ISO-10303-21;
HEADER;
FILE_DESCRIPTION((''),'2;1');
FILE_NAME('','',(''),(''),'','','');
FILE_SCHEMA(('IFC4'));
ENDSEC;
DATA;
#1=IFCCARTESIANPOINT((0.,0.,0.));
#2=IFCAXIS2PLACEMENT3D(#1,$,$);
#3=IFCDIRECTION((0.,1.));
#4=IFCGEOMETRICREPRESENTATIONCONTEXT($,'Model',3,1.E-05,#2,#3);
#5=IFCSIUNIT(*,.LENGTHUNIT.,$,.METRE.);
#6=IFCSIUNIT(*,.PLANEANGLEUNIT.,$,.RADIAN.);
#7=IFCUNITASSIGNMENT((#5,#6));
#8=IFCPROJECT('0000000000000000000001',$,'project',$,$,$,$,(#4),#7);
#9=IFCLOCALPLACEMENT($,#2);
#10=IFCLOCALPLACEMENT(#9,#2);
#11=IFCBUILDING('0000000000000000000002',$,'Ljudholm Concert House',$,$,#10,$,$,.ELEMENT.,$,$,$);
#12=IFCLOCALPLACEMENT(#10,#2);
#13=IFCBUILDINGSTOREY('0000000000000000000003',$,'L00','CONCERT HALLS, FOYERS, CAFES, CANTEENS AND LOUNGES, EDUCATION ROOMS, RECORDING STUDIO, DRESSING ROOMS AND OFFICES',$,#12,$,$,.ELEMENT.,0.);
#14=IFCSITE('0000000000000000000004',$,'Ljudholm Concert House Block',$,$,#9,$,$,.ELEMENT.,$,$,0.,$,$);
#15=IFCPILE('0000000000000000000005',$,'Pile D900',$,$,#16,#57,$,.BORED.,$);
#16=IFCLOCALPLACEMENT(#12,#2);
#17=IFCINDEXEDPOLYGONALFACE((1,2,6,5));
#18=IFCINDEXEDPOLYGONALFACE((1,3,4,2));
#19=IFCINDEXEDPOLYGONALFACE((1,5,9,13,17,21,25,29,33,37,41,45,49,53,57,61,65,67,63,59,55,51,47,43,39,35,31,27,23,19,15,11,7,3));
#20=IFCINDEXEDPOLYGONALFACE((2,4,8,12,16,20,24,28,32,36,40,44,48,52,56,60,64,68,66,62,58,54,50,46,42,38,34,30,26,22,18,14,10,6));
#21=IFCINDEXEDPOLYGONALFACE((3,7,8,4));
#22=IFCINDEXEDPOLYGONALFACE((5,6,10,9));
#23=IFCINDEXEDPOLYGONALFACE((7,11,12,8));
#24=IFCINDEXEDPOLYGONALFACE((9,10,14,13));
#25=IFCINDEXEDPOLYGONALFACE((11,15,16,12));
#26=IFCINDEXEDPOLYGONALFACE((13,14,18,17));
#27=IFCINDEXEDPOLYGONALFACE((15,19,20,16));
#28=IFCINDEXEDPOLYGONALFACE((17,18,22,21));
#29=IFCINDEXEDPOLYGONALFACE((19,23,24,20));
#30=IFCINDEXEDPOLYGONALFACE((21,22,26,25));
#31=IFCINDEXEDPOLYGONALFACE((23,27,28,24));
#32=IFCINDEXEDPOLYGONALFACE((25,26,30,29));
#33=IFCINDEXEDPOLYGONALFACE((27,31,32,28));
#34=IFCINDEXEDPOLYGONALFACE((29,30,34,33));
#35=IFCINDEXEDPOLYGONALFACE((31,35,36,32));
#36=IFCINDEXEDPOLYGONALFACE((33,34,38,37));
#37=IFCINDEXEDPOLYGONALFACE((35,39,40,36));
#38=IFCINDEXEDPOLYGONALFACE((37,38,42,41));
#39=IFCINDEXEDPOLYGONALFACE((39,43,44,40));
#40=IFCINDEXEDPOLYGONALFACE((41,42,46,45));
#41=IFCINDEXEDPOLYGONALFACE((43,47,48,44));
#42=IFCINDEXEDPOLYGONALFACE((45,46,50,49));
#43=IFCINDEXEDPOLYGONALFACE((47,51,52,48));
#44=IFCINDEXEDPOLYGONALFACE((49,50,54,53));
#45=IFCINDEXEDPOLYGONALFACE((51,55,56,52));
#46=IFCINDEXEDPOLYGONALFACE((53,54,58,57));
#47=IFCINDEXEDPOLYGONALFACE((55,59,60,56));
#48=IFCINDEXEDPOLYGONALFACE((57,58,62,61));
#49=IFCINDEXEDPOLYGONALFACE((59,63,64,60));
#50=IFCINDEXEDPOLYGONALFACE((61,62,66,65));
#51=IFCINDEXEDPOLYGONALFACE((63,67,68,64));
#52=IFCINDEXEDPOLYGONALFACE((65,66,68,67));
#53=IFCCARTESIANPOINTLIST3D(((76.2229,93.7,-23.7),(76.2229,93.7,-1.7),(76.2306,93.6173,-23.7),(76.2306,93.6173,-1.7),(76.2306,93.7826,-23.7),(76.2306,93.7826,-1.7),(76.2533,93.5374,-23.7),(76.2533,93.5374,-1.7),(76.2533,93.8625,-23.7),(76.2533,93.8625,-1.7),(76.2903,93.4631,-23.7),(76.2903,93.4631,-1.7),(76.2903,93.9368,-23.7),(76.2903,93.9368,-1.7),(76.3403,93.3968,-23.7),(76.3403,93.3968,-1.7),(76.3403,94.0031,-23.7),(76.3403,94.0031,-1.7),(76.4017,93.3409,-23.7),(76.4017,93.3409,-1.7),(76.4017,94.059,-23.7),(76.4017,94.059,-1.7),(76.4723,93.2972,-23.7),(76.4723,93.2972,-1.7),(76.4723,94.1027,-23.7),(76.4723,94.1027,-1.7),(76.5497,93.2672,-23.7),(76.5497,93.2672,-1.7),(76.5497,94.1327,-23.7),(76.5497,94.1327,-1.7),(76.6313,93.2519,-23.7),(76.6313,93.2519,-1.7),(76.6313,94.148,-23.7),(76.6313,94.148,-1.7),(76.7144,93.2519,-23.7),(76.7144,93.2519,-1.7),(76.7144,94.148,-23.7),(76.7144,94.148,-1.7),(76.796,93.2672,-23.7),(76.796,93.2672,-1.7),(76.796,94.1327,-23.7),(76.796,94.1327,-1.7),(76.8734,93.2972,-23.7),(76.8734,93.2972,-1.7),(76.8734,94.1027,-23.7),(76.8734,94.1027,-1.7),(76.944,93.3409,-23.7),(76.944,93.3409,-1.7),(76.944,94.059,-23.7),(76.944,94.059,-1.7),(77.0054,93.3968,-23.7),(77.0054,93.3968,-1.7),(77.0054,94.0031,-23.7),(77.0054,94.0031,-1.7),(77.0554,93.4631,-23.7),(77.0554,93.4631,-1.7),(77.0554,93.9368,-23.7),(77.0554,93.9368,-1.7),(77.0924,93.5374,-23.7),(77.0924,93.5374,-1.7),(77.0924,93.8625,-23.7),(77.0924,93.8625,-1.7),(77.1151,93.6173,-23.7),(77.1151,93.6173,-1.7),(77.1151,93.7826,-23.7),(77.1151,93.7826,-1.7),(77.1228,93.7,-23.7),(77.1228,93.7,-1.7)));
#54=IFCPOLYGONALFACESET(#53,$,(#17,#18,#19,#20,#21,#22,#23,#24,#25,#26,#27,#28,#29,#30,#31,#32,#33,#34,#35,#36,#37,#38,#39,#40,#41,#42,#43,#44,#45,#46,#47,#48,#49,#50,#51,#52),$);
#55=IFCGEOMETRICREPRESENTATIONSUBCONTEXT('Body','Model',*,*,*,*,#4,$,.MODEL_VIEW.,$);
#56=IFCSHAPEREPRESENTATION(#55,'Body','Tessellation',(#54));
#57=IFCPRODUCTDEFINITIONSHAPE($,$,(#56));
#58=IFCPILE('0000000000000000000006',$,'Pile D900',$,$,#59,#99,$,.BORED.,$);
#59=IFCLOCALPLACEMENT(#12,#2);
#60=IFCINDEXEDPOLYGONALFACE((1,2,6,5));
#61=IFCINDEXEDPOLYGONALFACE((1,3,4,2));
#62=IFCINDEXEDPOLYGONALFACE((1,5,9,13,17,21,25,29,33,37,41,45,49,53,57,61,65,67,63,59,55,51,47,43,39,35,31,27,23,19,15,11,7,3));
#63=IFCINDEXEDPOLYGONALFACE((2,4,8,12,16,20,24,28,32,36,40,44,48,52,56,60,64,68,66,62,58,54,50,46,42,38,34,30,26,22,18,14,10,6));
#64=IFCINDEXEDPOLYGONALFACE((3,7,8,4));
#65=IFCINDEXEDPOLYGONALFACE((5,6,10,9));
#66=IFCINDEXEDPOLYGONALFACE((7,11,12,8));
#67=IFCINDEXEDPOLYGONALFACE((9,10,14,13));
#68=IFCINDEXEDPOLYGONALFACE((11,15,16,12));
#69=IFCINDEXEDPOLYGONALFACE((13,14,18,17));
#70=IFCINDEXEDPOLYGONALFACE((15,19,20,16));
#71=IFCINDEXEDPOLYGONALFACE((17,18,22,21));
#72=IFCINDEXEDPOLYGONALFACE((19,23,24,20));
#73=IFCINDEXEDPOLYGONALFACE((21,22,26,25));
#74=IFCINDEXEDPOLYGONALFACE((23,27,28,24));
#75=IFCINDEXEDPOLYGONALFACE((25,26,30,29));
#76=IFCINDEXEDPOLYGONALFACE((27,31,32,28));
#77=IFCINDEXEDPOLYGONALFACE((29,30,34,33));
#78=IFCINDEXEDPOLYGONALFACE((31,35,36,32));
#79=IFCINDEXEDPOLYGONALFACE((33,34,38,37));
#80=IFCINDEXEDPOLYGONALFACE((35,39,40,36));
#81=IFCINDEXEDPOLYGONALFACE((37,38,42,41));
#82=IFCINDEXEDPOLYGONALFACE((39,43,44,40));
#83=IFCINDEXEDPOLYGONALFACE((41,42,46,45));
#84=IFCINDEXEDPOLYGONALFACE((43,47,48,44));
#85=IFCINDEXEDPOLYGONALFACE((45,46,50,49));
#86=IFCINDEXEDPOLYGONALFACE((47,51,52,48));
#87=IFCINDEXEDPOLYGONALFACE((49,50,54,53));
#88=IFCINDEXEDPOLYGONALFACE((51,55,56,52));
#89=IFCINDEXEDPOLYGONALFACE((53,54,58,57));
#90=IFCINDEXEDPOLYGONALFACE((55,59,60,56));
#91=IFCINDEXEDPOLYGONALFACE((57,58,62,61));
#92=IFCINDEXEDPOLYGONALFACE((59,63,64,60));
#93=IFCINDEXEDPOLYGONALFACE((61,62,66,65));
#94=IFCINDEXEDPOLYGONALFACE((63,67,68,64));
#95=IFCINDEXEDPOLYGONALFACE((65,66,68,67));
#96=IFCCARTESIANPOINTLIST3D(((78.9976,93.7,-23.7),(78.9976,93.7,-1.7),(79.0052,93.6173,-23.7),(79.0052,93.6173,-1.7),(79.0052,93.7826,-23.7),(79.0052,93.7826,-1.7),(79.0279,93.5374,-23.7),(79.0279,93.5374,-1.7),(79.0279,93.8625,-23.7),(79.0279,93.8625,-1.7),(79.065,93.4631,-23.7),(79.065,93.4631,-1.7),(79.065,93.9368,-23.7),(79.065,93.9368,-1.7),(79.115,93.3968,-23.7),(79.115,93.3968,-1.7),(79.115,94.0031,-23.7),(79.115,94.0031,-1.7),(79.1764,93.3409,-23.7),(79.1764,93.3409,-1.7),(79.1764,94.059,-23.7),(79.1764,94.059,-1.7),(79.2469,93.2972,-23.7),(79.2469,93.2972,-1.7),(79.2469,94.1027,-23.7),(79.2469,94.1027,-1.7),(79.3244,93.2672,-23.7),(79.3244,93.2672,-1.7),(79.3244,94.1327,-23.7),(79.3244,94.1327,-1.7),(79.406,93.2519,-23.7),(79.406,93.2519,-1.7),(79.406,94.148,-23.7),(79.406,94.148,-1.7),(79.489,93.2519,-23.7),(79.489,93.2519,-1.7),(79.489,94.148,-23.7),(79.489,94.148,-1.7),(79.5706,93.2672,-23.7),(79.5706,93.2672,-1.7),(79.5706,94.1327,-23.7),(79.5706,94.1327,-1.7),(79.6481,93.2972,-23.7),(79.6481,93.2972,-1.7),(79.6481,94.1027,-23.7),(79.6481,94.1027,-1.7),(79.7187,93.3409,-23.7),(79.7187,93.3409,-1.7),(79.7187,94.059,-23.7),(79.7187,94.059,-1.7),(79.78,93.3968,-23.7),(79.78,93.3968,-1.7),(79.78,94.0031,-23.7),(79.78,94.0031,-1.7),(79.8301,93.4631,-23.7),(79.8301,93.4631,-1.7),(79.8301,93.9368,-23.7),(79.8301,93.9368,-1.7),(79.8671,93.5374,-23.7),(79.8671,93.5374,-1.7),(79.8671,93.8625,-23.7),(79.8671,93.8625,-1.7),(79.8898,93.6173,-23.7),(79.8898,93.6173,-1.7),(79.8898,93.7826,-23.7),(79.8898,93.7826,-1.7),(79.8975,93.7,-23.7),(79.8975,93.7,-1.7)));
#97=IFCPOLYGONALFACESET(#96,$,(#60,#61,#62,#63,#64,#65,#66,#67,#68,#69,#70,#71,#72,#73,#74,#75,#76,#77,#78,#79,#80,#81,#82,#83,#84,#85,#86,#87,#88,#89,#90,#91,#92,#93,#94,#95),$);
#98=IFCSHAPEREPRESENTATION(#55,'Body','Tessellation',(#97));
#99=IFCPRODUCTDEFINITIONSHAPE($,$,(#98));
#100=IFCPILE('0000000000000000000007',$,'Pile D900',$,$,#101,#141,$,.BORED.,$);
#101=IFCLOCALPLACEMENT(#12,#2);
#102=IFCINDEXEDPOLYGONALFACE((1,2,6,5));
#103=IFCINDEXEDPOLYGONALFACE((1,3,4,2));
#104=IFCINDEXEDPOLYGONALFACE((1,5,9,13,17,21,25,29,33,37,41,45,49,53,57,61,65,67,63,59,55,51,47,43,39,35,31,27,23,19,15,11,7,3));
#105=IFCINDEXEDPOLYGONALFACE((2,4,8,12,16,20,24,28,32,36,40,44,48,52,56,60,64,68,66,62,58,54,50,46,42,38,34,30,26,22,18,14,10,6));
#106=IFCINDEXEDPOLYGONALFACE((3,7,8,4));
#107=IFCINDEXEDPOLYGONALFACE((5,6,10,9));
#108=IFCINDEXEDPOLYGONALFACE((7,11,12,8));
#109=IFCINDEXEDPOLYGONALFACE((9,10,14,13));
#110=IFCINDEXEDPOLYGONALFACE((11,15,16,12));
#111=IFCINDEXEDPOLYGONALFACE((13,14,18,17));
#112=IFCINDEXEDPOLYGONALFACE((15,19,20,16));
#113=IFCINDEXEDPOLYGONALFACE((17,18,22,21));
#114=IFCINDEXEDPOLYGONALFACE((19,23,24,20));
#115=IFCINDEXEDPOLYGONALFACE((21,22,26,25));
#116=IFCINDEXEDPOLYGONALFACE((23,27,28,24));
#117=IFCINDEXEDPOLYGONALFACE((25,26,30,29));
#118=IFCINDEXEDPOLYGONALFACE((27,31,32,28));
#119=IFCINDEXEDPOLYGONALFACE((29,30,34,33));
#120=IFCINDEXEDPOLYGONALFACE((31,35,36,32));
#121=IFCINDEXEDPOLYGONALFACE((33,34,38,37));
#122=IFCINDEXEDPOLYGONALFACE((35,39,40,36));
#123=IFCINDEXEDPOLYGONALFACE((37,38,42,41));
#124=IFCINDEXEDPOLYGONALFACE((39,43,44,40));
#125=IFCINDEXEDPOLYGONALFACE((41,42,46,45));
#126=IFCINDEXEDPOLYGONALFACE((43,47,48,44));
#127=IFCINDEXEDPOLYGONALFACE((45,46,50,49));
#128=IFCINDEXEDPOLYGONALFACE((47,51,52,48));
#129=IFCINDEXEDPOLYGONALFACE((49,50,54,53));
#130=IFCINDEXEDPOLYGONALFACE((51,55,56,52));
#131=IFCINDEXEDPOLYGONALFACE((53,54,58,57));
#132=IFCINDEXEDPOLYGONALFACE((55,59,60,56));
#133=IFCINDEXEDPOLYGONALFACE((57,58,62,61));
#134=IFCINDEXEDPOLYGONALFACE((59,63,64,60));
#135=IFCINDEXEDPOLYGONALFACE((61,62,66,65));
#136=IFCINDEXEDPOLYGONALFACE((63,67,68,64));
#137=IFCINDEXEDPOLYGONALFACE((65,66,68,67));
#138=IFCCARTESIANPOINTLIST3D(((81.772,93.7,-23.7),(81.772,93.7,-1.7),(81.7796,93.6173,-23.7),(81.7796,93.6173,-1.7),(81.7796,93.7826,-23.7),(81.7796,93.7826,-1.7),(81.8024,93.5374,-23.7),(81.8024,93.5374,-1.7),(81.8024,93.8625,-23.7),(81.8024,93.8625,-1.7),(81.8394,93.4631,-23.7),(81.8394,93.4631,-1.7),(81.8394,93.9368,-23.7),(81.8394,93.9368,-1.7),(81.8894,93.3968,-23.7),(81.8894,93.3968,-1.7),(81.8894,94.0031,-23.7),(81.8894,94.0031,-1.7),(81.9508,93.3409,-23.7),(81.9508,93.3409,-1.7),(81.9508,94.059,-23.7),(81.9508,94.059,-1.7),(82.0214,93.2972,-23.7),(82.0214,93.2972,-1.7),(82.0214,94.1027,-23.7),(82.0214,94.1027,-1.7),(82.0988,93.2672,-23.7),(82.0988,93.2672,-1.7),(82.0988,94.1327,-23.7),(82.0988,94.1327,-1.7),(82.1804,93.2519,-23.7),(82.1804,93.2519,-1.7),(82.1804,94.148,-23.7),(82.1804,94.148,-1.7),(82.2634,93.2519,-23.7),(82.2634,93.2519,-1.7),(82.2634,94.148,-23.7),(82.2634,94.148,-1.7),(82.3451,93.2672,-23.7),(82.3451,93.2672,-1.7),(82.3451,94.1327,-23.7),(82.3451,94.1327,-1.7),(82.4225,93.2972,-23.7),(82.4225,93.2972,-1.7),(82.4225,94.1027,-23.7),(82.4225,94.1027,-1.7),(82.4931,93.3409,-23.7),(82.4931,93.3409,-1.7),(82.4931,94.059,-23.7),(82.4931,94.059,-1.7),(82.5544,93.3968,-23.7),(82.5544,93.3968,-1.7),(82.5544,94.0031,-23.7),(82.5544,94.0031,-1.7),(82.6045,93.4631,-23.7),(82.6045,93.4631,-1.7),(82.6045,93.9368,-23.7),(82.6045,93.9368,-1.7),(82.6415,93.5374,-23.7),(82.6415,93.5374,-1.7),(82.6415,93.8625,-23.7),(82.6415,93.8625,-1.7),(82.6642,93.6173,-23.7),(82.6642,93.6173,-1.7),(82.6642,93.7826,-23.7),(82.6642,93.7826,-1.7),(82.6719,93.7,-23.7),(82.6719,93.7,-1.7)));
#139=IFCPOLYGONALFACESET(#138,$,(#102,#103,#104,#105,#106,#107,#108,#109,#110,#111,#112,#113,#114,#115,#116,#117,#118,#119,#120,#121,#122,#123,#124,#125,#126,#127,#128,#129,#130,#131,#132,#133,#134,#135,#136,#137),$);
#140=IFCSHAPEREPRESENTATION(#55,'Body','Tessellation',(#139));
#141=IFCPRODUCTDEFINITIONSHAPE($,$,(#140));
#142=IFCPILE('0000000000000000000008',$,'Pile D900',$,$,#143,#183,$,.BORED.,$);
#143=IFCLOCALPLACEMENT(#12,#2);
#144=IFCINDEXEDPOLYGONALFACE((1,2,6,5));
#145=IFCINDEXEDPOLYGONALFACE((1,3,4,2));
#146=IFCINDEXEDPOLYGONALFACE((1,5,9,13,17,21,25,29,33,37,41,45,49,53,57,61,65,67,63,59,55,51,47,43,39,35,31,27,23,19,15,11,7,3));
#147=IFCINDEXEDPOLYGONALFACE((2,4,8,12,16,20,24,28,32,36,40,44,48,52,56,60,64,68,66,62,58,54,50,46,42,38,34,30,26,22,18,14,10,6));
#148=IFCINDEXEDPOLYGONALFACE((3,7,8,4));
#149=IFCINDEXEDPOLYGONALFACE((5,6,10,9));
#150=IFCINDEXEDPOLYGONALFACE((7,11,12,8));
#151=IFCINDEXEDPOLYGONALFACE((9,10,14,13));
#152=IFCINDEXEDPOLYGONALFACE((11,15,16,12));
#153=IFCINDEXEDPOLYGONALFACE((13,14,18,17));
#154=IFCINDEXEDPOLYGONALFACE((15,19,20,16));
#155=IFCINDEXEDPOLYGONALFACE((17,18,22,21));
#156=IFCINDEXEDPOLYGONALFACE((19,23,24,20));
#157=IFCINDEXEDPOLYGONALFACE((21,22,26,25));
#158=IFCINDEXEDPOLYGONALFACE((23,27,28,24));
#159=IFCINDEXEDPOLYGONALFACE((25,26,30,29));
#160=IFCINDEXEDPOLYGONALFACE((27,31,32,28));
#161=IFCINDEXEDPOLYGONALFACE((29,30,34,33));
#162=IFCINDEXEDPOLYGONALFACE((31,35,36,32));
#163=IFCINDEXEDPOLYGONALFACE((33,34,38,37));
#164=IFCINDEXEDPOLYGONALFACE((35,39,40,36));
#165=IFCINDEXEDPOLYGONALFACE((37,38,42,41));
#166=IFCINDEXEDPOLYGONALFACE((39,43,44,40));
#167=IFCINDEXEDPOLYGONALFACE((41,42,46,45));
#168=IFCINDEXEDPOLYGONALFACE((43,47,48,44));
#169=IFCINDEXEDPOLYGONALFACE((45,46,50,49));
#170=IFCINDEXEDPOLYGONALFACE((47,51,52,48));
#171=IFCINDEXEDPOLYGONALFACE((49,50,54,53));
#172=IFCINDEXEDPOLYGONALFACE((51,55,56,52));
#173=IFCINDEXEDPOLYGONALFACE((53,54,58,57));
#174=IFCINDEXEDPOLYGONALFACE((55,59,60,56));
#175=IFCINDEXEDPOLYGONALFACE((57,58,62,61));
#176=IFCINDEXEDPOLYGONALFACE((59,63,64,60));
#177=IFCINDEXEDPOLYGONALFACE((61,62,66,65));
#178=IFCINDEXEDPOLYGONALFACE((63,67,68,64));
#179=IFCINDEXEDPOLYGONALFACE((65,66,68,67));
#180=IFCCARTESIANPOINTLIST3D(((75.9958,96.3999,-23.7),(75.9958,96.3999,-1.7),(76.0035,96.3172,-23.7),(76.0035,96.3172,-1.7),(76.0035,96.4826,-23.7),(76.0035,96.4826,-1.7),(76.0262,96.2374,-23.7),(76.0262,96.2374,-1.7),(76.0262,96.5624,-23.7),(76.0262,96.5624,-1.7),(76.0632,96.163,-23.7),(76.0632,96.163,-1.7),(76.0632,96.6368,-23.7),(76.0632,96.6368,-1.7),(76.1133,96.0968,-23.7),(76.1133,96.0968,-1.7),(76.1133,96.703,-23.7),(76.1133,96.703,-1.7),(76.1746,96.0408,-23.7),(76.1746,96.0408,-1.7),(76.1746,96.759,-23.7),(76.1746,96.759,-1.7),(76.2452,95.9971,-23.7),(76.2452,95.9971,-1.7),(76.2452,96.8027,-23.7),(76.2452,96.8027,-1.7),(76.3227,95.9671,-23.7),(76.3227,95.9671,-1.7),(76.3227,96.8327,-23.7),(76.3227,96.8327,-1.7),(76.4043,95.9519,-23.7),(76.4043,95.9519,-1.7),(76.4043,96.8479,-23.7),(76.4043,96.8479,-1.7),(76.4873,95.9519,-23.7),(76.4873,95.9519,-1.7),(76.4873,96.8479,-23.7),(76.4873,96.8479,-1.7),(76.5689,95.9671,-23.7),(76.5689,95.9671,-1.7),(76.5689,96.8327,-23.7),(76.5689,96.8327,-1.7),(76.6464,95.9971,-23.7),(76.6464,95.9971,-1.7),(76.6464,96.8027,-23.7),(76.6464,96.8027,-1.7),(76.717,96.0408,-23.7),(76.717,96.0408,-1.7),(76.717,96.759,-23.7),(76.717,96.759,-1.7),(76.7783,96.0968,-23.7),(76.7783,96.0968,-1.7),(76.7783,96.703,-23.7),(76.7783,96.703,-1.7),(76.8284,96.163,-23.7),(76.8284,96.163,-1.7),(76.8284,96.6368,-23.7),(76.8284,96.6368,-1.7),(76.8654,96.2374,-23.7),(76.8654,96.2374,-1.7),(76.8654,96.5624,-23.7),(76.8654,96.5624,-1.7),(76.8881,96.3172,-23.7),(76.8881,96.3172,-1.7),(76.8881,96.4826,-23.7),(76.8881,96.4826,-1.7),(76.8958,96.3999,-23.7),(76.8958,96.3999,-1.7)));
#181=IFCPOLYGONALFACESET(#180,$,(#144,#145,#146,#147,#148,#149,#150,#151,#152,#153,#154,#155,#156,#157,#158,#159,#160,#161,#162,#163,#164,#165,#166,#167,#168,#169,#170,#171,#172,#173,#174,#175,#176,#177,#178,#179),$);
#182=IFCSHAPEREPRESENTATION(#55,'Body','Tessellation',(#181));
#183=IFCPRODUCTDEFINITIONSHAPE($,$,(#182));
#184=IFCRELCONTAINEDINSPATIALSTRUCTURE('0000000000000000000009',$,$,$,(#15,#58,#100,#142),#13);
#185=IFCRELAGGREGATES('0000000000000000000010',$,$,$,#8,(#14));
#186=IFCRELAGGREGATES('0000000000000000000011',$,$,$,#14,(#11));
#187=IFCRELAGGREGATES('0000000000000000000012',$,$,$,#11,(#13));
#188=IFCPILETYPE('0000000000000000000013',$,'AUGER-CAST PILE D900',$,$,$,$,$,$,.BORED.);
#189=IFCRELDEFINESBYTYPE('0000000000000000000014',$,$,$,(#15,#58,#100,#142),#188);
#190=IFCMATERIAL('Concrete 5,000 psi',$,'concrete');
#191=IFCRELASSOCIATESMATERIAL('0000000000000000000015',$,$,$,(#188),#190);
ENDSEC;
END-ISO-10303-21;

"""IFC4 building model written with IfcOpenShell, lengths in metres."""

from ifc_helpers import new_model, si_unit, direction, frame, origin, origin_2d, place, context, subcontext, project, spatial, circle, extrude, material, material_profile, profile_set, type_object, element, save


model = new_model("IFC4")

# Units and contexts
model_context = context("Model", 3, precision=1e-05, world=origin(), true_north=direction((0.0, 1.0)))
body_context = subcontext(model_context, "Body", "Model", "MODEL_VIEW")
ifc_project = project(units=[si_unit("LENGTHUNIT", "METRE"), si_unit("PLANEANGLEUNIT", "RADIAN")], contexts=[model_context])

# Site, building, storey
site_placement = place(None, origin())
site = spatial("IfcSite", under=ifc_project, at=site_placement, Name="Ljudholm Concert House Block", CompositionType="ELEMENT", RefElevation=0.0)
building_placement = place(site_placement, origin())
building = spatial("IfcBuilding", under=site, at=building_placement, Name="Ljudholm Concert House", CompositionType="ELEMENT")
storey_placement = place(building_placement, origin())
storey = spatial("IfcBuildingStorey", under=building, at=storey_placement, Name="L00", Description="CONCERT HALLS, FOYERS, CAFES, CANTEENS AND LOUNGES, EDUCATION ROOMS, RECORDING STUDIO, DRESSING ROOMS AND OFFICES", CompositionType="ELEMENT", Elevation=0.0)

# Piles
ifc_material_1 = material(Name="Concrete 5,000 psi", Category="concrete")
ifc_material_profile_1 = material_profile(ifc_material_1, circle(Radius=0.45, at=origin_2d()), Name="AUGER-CAST PILE D900")
ifc_profile_set_1 = profile_set([ifc_material_profile_1], Name="Concrete 5,000 psi")
pile_type_1 = type_object("IfcPileType", Name="AUGER-CAST PILE D900", PredefinedType="BORED", material=ifc_profile_set_1)
for number, where, z_axis, x_axis, name in (
    (1, (76.6729, 93.7, -1.7), (0.0, 0.0, -1.0), (1.0, 0.0, 0.0), "Pile D900"),
    (2, (79.4475, 93.7, -1.7), (0.0, 0.0, -1.0), (1.0, 0.0, 0.0), "Pile D900"),
    (3, (82.2219, 93.7, -1.7), (0.0, 0.0, -1.0), (1.0, 0.0, 0.0), "Pile D900"),
    (4, (76.4458, 96.3999, -1.7), (0.0, 0.0, -1.0), (1.0, 0.0, 0.0), "Pile D900"),
):
    element("IfcPile", number, at=place(storey_placement, frame(where, z_axis=z_axis, x_axis=x_axis)), inside=storey, type_object=pile_type_1, Name=name, PredefinedType="BORED", context=body_context, shape_type="SweptSolid", body=[
        extrude(circle(Radius=0.45, at=origin_2d()), origin(), (0.0, 0.0, 1.0), 22.0),
    ])

save(model, "model.ifc")
